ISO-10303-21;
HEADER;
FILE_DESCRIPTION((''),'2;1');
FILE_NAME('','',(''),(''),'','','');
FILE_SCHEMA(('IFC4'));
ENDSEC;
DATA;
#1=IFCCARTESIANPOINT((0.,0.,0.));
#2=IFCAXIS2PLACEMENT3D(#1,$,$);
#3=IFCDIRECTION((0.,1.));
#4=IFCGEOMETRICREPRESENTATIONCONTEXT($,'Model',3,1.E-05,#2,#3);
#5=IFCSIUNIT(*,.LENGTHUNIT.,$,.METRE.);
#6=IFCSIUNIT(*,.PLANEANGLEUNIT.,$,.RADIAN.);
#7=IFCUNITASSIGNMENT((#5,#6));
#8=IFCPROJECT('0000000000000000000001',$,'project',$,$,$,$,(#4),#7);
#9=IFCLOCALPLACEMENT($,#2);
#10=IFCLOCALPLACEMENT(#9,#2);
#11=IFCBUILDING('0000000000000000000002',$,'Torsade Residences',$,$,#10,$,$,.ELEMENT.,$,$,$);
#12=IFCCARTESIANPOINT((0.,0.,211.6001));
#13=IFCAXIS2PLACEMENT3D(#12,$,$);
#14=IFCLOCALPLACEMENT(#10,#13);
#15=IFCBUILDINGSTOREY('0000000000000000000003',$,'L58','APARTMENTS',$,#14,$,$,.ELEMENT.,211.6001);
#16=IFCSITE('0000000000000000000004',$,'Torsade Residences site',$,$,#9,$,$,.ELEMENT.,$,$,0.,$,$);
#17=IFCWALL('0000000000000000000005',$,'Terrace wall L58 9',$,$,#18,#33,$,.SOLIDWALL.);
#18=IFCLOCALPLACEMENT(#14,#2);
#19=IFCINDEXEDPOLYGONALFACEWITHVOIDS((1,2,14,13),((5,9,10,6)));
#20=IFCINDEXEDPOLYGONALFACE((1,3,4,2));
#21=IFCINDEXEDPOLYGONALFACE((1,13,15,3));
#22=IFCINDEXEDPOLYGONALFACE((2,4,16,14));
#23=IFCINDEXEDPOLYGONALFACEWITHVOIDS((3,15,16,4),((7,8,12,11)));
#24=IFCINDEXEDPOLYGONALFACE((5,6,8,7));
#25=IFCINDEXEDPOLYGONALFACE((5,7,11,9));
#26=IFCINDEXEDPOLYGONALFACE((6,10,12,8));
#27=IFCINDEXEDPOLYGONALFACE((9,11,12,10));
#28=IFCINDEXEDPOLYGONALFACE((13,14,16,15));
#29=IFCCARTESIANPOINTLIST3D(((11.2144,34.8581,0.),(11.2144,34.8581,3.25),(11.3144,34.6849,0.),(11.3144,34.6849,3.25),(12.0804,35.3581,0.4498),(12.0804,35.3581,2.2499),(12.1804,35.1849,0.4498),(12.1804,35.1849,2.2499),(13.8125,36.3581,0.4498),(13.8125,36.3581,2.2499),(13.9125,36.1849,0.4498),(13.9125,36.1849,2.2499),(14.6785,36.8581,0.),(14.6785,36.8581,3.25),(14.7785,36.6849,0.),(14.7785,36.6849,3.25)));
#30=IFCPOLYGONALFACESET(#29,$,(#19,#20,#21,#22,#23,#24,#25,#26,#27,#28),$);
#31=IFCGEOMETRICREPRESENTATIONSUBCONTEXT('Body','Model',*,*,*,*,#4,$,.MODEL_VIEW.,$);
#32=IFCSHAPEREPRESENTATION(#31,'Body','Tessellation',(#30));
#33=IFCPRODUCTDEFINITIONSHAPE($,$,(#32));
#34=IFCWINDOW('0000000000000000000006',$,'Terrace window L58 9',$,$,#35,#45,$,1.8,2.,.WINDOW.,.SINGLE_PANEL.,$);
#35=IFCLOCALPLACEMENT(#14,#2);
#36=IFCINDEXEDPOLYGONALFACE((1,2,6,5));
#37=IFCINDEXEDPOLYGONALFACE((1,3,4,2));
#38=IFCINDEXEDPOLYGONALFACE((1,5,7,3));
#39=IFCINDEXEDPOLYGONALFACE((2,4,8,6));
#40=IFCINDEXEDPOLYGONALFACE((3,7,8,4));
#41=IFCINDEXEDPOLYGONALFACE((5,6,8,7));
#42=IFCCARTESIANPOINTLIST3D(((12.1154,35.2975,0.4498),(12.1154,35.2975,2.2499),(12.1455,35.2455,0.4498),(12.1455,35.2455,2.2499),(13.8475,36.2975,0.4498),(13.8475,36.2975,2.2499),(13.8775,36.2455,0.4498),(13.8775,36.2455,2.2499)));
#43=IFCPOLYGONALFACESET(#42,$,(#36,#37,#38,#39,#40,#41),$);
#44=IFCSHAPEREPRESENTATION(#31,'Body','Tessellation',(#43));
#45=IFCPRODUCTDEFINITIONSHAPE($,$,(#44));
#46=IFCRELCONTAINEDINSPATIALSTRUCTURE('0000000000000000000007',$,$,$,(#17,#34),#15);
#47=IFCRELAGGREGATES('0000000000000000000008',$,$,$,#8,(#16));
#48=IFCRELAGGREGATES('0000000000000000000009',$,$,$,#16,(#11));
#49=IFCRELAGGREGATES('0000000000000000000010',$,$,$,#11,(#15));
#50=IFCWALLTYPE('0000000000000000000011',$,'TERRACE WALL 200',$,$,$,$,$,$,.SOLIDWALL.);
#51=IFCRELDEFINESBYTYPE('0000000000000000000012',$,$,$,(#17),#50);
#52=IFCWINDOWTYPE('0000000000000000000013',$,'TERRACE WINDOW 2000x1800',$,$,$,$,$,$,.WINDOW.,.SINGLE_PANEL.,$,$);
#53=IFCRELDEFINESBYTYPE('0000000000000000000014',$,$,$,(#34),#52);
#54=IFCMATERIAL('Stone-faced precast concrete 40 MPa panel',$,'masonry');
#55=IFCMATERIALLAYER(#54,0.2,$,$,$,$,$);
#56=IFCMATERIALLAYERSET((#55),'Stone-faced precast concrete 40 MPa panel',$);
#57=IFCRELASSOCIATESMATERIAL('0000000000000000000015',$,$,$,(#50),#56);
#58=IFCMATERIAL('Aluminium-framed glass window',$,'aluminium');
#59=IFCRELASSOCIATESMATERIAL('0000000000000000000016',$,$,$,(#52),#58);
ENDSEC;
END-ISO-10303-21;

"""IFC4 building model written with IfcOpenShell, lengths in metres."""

from ifc_helpers import new_model, si_unit, direction, frame, frame_2d, origin, place, context, subcontext, project, spatial, rectangle, extrude, material, layer, layer_set, type_object, element, fill, save


model = new_model("IFC4")

# Units and contexts
model_context = context("Model", 3, precision=1e-05, world=origin(), true_north=direction((0.0, 1.0)))
body_context = subcontext(model_context, "Body", "Model", "MODEL_VIEW")
ifc_project = project(units=[si_unit("LENGTHUNIT", "METRE"), si_unit("PLANEANGLEUNIT", "RADIAN")], contexts=[model_context])

# Site, building, storey
site_placement = place(None, origin())
site = spatial("IfcSite", under=ifc_project, at=site_placement, Name="Torsade Residences site", CompositionType="ELEMENT", RefElevation=0.0)
building_placement = place(site_placement, origin())
building = spatial("IfcBuilding", under=site, at=building_placement, Name="Torsade Residences", CompositionType="ELEMENT")
storey_placement = place(building_placement, frame((0.0, 0.0, 211.6001)))
storey = spatial("IfcBuildingStorey", under=building, at=storey_placement, Name="L58", Description="APARTMENTS", CompositionType="ELEMENT", Elevation=211.6001)

# Wall, opening, window
ifc_material_1 = material(Name="Stone-faced precast concrete 40 MPa panel", Category="masonry")
ifc_layer_1 = layer(ifc_material_1, 0.2)
ifc_layer_set_1 = layer_set([ifc_layer_1], Name="Stone-faced precast concrete 40 MPa panel")
wall_type_1 = type_object("IfcWallType", Name="TERRACE WALL 200", PredefinedType="SOLIDWALL", material=ifc_layer_set_1)
wall_1_placement = place(storey_placement, frame((14.7285, 36.7715, 0.0), z_axis=(0.0, 0.0, 1.0), x_axis=(-0.866026, -0.499999, 0.0)))
wall_1 = element("IfcWall", 1, at=wall_1_placement, inside=storey, type_object=wall_type_1, Name="Terrace wall L58 9", PredefinedType="SOLIDWALL", context=body_context, shape_type="SweptSolid", body=[
    extrude(rectangle(XDim=4.0, YDim=0.2, at=frame_2d((2.0, 0.0))), origin(), (0.0, 0.0, 1.0), 3.25),
])
opening_1_placement = place(wall_1_placement, frame((1.0, 0.0, 0.45)))
opening_1 = element("IfcOpeningElement", 2, at=opening_1_placement, cuts=wall_1, PredefinedType="OPENING", context=body_context, shape_type="SweptSolid", body=[
    extrude(rectangle(XDim=2.0, YDim=1.8, at=frame_2d((1.0, 0.8999))), frame((0.0, 0.1099, 0.0), z_axis=(0.0, -1.0, 0.0), x_axis=(1.0, 0.0, 0.0)), (0.0, 0.0, 1.0), 0.22),
])
ifc_material_2 = material(Name="Aluminium-framed glass window", Category="aluminium")
window_type = type_object("IfcWindowType", Name="TERRACE WINDOW 2000x1800", PartitioningType="SINGLE_PANEL", PredefinedType="WINDOW", material=ifc_material_2)
window_placement = place(opening_1_placement, origin())
window = element("IfcWindow", 3, at=window_placement, inside=storey, type_object=window_type, Name="Terrace window L58 9", OverallHeight=1.8, OverallWidth=2.0, PartitioningType="SINGLE_PANEL", PredefinedType="WINDOW", context=body_context, shape_type="SweptSolid", body=[
    extrude(rectangle(XDim=2.0, YDim=1.8, at=frame_2d((1.0, 0.8999))), frame((0.0, 0.03, 0.0), z_axis=(0.0, -1.0, 0.0), x_axis=(1.0, 0.0, 0.0)), (0.0, 0.0, 1.0), 0.0601),
])
fill(opening_1, window)

save(model, "model.ifc")
